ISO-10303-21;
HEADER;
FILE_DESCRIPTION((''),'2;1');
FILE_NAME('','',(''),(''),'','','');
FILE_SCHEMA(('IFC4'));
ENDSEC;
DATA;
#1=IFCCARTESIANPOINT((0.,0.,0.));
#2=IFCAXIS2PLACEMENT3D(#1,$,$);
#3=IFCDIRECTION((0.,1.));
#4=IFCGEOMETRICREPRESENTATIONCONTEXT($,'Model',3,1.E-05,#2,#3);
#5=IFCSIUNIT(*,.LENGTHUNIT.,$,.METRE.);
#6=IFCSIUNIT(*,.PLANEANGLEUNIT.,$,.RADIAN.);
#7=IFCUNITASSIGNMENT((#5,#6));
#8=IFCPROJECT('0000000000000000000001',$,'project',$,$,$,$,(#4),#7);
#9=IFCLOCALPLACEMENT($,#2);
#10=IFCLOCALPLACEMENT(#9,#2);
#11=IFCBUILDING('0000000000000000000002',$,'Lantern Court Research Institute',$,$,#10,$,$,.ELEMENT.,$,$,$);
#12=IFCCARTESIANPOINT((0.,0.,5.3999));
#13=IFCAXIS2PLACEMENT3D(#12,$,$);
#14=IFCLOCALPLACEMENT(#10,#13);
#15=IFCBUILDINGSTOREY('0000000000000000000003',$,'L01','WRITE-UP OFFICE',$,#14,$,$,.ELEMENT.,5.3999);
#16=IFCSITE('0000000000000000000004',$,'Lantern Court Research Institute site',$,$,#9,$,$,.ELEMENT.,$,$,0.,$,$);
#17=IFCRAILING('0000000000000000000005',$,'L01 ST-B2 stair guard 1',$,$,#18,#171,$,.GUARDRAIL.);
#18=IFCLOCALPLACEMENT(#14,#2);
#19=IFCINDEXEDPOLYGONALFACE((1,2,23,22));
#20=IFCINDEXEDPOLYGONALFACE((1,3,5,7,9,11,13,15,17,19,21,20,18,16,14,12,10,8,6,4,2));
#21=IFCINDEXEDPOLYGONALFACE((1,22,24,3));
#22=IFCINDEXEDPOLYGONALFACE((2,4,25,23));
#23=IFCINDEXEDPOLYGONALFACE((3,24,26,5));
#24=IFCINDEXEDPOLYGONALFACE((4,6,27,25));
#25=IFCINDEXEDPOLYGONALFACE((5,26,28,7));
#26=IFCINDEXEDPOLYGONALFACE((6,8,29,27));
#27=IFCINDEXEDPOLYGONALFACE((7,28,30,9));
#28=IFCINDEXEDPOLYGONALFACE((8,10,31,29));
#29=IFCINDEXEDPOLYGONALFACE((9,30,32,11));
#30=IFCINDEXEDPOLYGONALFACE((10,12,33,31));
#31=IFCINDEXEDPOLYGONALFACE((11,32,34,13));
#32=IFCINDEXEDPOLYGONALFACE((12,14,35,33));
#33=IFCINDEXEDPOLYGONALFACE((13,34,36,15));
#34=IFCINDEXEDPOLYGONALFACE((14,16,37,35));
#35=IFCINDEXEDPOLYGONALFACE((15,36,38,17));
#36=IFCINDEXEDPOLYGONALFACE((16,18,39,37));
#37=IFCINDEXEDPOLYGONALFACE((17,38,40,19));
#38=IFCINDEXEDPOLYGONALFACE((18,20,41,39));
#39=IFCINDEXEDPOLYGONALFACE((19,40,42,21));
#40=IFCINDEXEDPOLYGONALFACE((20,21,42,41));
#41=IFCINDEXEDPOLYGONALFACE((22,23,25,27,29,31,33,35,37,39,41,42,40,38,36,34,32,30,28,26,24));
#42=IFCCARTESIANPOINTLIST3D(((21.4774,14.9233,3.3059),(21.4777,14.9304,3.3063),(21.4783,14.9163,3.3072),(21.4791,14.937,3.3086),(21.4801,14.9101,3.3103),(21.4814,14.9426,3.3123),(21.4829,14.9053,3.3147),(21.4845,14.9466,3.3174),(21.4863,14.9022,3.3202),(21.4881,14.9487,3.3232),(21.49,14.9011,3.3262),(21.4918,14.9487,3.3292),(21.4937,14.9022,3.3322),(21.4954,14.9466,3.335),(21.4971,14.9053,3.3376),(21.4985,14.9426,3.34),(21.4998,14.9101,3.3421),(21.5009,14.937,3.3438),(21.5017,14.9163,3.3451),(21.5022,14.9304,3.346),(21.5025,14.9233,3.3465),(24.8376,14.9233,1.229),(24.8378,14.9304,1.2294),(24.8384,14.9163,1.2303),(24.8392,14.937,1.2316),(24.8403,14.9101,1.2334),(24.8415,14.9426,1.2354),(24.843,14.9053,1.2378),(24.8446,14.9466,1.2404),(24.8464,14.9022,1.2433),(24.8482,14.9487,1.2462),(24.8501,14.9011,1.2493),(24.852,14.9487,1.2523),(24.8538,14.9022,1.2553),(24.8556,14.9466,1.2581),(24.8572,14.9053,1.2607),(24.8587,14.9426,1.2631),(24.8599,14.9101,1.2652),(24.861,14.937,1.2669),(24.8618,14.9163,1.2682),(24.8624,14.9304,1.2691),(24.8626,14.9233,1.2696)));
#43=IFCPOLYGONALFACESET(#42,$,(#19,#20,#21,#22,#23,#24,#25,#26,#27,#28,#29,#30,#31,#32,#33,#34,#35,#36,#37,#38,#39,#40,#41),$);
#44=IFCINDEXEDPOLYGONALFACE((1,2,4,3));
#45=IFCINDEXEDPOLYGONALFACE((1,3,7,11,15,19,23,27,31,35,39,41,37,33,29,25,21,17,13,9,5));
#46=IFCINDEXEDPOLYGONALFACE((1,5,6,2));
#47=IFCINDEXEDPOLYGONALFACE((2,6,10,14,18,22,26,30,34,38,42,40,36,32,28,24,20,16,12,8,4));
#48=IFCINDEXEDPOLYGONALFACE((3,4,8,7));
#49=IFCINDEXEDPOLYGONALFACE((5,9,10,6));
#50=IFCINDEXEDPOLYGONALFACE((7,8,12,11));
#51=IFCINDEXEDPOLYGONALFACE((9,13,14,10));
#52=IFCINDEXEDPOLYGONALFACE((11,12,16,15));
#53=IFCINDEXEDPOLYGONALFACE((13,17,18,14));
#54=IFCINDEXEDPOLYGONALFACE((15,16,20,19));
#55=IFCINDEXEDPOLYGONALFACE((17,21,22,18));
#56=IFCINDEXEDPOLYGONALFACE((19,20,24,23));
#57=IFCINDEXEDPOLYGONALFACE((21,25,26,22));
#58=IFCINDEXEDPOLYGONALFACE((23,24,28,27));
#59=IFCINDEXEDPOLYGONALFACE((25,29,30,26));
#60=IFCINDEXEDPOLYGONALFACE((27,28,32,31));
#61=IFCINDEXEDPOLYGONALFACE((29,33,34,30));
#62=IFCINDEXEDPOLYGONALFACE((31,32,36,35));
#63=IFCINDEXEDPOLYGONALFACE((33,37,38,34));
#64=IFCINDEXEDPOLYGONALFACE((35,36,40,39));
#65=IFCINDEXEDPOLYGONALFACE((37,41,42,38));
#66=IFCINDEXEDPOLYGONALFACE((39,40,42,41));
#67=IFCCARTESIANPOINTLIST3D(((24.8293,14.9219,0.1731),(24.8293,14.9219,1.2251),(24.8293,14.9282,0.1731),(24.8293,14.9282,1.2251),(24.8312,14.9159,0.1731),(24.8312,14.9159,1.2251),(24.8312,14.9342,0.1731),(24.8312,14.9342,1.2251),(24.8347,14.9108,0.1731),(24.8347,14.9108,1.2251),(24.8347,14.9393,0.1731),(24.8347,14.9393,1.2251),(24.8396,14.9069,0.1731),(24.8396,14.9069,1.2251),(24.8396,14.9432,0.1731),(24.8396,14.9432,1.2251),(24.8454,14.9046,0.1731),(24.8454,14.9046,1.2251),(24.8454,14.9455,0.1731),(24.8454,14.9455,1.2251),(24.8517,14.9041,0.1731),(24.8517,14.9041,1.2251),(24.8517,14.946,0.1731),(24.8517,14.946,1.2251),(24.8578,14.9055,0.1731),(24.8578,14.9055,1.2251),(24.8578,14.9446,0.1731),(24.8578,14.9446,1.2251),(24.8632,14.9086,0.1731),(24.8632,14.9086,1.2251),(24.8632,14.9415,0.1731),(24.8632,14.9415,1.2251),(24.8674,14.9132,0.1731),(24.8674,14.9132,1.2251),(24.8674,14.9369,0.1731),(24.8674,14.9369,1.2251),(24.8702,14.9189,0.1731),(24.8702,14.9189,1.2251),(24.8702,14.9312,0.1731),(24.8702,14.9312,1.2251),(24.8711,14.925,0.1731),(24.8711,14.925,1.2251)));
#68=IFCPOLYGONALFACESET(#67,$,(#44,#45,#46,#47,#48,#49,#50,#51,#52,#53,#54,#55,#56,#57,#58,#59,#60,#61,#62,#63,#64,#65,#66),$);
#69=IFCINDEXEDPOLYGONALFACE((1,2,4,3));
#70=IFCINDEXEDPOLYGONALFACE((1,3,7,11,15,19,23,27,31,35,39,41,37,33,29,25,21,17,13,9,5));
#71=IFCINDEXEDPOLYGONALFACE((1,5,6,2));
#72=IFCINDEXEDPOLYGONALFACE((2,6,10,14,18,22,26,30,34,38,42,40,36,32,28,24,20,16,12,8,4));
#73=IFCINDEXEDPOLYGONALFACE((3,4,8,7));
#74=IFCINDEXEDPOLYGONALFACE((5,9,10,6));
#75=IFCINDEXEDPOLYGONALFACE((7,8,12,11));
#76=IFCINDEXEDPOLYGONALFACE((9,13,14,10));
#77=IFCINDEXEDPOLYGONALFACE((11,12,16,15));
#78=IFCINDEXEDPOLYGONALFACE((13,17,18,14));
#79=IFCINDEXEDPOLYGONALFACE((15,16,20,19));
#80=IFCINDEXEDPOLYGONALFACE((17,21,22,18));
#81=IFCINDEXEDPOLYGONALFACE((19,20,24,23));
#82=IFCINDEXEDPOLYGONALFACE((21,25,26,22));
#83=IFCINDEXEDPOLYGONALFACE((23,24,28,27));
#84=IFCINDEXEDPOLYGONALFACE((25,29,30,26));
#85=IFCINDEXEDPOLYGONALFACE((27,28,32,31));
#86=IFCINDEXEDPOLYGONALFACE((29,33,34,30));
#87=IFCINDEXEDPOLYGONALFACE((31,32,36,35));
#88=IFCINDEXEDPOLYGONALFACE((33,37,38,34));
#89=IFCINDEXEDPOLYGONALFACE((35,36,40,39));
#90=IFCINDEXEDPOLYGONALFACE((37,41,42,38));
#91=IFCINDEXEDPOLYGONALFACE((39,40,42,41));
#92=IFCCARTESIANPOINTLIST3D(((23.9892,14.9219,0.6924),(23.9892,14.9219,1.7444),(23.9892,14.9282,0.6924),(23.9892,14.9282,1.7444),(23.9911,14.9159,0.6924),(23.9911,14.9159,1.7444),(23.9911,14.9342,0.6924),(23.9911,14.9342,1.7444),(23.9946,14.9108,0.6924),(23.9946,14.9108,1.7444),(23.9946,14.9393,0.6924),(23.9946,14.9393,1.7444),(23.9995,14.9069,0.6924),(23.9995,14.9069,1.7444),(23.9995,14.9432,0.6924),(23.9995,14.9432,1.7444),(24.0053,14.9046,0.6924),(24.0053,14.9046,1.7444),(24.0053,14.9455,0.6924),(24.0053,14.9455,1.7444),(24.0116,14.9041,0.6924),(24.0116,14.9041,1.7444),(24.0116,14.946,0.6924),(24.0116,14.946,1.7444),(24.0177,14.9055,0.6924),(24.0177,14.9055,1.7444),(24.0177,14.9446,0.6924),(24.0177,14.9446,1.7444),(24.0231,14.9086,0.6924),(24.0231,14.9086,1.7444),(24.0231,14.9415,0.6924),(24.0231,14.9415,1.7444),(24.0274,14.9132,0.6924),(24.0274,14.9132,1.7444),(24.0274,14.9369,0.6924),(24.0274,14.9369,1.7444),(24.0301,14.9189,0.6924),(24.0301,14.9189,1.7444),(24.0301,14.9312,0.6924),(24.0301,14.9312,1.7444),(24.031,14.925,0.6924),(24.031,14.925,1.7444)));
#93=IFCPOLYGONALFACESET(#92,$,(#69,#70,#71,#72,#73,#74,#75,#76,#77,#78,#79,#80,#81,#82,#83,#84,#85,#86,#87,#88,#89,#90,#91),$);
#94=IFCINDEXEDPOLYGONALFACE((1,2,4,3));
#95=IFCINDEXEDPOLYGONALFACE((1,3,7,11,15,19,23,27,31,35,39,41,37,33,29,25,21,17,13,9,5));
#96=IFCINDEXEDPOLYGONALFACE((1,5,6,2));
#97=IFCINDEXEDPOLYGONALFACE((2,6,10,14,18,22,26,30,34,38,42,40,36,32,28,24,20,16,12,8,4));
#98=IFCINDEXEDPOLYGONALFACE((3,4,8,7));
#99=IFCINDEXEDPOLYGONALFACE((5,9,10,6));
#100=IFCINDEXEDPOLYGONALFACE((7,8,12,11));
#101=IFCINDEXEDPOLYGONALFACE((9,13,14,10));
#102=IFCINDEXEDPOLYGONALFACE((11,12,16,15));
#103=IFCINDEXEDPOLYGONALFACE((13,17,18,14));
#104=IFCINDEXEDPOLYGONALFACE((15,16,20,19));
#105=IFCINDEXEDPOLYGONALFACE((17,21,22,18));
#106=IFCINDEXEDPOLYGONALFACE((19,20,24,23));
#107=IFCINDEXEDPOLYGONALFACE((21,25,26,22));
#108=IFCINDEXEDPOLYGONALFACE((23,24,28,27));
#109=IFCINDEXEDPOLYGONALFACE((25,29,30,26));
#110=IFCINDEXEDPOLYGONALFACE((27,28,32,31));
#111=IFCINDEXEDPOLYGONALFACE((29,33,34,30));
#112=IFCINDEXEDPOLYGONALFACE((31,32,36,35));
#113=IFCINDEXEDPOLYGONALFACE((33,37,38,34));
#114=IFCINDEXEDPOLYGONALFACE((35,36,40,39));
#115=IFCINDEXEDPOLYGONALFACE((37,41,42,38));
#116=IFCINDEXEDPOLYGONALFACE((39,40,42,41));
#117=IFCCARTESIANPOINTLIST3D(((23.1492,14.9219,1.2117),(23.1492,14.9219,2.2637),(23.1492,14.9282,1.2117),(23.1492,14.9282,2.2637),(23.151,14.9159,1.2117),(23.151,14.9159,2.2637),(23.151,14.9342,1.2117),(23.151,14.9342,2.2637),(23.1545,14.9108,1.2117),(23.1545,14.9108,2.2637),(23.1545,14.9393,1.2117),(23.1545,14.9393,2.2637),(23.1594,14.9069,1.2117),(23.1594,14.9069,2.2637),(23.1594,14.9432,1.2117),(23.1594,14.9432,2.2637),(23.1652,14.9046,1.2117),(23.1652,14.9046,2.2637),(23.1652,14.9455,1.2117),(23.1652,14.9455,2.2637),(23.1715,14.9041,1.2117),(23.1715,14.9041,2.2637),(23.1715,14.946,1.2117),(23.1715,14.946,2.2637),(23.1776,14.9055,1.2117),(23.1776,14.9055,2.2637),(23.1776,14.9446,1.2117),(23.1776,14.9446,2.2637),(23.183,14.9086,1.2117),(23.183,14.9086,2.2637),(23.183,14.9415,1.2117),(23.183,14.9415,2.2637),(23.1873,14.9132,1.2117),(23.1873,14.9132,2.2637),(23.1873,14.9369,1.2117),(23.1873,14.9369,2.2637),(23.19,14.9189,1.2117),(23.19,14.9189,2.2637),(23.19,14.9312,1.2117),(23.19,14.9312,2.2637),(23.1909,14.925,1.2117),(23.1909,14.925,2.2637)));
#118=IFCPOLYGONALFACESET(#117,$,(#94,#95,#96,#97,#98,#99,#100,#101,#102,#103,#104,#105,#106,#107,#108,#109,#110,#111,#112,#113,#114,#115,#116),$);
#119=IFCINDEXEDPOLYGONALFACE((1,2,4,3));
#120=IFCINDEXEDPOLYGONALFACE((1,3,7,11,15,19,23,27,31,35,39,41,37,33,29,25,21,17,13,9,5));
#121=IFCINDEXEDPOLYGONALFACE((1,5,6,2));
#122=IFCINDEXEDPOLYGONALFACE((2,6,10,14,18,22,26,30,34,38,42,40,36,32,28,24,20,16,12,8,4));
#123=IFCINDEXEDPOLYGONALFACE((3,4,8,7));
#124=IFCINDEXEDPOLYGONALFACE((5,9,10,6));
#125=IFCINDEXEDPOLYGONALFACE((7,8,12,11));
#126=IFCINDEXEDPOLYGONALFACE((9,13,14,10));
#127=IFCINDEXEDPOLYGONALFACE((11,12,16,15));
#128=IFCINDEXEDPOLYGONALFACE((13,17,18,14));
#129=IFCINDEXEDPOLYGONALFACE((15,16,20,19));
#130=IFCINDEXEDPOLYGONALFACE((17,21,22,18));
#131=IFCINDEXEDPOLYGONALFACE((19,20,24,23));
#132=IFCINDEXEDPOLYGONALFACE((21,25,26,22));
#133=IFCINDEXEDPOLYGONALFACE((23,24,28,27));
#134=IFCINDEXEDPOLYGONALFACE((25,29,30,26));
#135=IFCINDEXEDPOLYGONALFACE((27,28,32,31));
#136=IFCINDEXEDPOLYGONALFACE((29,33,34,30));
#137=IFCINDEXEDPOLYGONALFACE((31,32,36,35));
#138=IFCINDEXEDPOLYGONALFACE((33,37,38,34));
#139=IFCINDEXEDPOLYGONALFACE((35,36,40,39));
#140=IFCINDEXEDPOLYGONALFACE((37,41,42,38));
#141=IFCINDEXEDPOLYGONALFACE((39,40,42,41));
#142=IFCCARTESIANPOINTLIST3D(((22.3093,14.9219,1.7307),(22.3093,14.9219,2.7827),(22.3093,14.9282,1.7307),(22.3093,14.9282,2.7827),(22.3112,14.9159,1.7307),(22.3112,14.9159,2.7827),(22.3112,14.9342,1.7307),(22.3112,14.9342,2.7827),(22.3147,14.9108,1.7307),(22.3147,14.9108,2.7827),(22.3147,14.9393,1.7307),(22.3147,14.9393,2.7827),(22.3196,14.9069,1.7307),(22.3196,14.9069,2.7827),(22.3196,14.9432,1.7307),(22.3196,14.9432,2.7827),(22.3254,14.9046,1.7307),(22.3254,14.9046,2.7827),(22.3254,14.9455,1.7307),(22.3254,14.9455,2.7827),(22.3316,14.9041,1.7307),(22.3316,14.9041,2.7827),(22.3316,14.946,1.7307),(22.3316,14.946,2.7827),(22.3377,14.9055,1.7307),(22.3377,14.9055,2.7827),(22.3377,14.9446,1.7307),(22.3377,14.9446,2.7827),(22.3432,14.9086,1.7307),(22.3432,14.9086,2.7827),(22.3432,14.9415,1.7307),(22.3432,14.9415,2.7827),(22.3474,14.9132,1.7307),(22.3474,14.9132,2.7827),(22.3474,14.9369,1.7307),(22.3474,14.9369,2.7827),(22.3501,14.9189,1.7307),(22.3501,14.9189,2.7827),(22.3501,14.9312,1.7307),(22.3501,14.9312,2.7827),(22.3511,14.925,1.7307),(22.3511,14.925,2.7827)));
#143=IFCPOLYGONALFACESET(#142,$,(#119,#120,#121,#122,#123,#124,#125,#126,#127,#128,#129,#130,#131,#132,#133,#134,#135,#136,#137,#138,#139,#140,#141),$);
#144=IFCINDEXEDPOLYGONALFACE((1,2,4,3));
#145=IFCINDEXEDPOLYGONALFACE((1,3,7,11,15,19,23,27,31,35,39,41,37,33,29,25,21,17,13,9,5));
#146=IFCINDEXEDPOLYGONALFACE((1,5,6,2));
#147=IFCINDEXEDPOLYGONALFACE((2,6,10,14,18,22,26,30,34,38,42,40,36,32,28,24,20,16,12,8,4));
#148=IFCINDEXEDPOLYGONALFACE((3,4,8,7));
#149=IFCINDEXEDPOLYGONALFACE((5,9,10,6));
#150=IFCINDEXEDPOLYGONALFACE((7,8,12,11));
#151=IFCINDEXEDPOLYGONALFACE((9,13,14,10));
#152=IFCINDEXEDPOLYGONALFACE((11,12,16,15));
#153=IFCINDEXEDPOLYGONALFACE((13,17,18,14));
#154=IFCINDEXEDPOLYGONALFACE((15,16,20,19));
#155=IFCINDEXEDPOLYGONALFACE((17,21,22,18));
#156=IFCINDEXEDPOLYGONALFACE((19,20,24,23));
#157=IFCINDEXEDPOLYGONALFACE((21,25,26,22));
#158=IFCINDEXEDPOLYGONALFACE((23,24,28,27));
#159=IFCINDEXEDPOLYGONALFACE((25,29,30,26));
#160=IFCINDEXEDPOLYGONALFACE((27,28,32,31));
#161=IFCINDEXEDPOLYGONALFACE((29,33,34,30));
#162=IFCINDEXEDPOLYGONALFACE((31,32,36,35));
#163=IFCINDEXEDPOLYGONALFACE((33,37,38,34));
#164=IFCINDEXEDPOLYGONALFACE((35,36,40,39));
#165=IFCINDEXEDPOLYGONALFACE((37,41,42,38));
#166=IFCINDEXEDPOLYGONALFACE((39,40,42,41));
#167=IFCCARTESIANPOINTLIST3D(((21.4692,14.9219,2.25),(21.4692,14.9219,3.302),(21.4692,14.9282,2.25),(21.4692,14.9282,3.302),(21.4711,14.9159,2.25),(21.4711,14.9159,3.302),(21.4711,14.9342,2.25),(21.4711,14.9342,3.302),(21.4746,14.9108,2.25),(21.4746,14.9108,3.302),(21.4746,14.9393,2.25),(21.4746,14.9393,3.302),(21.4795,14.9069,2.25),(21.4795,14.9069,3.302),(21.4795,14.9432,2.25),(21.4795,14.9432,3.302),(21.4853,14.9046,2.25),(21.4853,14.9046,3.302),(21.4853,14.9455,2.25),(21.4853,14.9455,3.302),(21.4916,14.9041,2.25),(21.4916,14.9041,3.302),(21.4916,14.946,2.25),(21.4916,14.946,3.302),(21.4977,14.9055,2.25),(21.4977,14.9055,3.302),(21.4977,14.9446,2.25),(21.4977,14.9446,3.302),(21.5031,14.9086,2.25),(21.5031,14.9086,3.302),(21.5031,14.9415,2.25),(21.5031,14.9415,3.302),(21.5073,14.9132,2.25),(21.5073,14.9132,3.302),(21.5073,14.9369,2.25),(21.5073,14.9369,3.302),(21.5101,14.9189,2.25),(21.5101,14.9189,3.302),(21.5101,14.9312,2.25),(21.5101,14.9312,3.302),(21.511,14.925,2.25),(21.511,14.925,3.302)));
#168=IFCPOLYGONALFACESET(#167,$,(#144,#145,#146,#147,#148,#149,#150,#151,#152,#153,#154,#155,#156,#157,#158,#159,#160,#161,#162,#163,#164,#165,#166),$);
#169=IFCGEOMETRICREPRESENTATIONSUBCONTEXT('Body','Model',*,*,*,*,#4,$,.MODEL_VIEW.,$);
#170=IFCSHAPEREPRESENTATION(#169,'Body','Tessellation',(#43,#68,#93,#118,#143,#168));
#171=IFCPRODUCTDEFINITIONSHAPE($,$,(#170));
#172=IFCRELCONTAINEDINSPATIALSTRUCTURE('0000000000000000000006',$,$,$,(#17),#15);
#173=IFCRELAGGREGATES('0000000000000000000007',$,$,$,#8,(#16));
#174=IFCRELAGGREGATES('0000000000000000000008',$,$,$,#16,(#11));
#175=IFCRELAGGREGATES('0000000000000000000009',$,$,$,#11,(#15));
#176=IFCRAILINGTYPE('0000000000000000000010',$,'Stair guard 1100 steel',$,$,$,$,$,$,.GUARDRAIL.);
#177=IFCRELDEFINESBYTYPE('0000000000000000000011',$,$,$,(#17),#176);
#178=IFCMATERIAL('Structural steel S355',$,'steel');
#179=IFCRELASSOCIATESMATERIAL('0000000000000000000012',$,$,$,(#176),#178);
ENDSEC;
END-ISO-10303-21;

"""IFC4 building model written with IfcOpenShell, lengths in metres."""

from ifc_helpers import new_model, si_unit, direction, frame, origin, origin_2d, place, context, subcontext, project, spatial, circle, extrude, material, type_object, element, save


model = new_model("IFC4")

# Units and contexts
model_context = context("Model", 3, precision=1e-05, world=origin(), true_north=direction((0.0, 1.0)))
body_context = subcontext(model_context, "Body", "Model", "MODEL_VIEW")
ifc_project = project(units=[si_unit("LENGTHUNIT", "METRE"), si_unit("PLANEANGLEUNIT", "RADIAN")], contexts=[model_context])

# Site, building, storey
site_placement = place(None, origin())
site = spatial("IfcSite", under=ifc_project, at=site_placement, Name="Lantern Court Research Institute site", CompositionType="ELEMENT", RefElevation=0.0)
building_placement = place(site_placement, origin())
building = spatial("IfcBuilding", under=site, at=building_placement, Name="Lantern Court Research Institute", CompositionType="ELEMENT")
storey_placement = place(building_placement, frame((0.0, 0.0, 5.3999)))
storey = spatial("IfcBuildingStorey", under=building, at=storey_placement, Name="L01", Description="WRITE-UP OFFICE", CompositionType="ELEMENT", Elevation=5.3999)

# Railing
ifc_material_1 = material(Name="Structural steel S355", Category="steel")
railing_type_1 = type_object("IfcRailingType", Name="Stair guard 1100 steel", PredefinedType="GUARDRAIL", material=ifc_material_1)
railing_1_placement = place(storey_placement, frame((24.8501, 14.925, 0.1731)))
element("IfcRailing", 1, at=railing_1_placement, inside=storey, type_object=railing_type_1, Name="L01 ST-B2 stair guard 1", PredefinedType="GUARDRAIL", context=body_context, shape_type="SweptSolid", body=[
    extrude(circle(Radius=0.0239, at=origin_2d()), frame((0.0, 0.0, 1.0762), z_axis=(-0.850623, 0.0, 0.525776), x_axis=(0.0, -1.0, 0.0)), (0.0, 0.0, 1.0), 3.9502),
    extrude(circle(Radius=0.021, at=origin_2d()), origin(), (0.0, 0.0, 1.0), 1.052),
    extrude(circle(Radius=0.021, at=origin_2d()), frame((-0.8401, 0.0, 0.5193)), (0.0, 0.0, 1.0), 1.052),
    extrude(circle(Radius=0.021, at=origin_2d()), frame((-1.6802, 0.0, 1.0386)), (0.0, 0.0, 1.0), 1.052),
    extrude(circle(Radius=0.021, at=origin_2d()), frame((-2.52, 0.0, 1.5576)), (0.0, 0.0, 1.0), 1.052),
    extrude(circle(Radius=0.021, at=origin_2d()), frame((-3.3601, 0.0, 2.0769)), (0.0, 0.0, 1.0), 1.052),
])

save(model, "model.ifc")
